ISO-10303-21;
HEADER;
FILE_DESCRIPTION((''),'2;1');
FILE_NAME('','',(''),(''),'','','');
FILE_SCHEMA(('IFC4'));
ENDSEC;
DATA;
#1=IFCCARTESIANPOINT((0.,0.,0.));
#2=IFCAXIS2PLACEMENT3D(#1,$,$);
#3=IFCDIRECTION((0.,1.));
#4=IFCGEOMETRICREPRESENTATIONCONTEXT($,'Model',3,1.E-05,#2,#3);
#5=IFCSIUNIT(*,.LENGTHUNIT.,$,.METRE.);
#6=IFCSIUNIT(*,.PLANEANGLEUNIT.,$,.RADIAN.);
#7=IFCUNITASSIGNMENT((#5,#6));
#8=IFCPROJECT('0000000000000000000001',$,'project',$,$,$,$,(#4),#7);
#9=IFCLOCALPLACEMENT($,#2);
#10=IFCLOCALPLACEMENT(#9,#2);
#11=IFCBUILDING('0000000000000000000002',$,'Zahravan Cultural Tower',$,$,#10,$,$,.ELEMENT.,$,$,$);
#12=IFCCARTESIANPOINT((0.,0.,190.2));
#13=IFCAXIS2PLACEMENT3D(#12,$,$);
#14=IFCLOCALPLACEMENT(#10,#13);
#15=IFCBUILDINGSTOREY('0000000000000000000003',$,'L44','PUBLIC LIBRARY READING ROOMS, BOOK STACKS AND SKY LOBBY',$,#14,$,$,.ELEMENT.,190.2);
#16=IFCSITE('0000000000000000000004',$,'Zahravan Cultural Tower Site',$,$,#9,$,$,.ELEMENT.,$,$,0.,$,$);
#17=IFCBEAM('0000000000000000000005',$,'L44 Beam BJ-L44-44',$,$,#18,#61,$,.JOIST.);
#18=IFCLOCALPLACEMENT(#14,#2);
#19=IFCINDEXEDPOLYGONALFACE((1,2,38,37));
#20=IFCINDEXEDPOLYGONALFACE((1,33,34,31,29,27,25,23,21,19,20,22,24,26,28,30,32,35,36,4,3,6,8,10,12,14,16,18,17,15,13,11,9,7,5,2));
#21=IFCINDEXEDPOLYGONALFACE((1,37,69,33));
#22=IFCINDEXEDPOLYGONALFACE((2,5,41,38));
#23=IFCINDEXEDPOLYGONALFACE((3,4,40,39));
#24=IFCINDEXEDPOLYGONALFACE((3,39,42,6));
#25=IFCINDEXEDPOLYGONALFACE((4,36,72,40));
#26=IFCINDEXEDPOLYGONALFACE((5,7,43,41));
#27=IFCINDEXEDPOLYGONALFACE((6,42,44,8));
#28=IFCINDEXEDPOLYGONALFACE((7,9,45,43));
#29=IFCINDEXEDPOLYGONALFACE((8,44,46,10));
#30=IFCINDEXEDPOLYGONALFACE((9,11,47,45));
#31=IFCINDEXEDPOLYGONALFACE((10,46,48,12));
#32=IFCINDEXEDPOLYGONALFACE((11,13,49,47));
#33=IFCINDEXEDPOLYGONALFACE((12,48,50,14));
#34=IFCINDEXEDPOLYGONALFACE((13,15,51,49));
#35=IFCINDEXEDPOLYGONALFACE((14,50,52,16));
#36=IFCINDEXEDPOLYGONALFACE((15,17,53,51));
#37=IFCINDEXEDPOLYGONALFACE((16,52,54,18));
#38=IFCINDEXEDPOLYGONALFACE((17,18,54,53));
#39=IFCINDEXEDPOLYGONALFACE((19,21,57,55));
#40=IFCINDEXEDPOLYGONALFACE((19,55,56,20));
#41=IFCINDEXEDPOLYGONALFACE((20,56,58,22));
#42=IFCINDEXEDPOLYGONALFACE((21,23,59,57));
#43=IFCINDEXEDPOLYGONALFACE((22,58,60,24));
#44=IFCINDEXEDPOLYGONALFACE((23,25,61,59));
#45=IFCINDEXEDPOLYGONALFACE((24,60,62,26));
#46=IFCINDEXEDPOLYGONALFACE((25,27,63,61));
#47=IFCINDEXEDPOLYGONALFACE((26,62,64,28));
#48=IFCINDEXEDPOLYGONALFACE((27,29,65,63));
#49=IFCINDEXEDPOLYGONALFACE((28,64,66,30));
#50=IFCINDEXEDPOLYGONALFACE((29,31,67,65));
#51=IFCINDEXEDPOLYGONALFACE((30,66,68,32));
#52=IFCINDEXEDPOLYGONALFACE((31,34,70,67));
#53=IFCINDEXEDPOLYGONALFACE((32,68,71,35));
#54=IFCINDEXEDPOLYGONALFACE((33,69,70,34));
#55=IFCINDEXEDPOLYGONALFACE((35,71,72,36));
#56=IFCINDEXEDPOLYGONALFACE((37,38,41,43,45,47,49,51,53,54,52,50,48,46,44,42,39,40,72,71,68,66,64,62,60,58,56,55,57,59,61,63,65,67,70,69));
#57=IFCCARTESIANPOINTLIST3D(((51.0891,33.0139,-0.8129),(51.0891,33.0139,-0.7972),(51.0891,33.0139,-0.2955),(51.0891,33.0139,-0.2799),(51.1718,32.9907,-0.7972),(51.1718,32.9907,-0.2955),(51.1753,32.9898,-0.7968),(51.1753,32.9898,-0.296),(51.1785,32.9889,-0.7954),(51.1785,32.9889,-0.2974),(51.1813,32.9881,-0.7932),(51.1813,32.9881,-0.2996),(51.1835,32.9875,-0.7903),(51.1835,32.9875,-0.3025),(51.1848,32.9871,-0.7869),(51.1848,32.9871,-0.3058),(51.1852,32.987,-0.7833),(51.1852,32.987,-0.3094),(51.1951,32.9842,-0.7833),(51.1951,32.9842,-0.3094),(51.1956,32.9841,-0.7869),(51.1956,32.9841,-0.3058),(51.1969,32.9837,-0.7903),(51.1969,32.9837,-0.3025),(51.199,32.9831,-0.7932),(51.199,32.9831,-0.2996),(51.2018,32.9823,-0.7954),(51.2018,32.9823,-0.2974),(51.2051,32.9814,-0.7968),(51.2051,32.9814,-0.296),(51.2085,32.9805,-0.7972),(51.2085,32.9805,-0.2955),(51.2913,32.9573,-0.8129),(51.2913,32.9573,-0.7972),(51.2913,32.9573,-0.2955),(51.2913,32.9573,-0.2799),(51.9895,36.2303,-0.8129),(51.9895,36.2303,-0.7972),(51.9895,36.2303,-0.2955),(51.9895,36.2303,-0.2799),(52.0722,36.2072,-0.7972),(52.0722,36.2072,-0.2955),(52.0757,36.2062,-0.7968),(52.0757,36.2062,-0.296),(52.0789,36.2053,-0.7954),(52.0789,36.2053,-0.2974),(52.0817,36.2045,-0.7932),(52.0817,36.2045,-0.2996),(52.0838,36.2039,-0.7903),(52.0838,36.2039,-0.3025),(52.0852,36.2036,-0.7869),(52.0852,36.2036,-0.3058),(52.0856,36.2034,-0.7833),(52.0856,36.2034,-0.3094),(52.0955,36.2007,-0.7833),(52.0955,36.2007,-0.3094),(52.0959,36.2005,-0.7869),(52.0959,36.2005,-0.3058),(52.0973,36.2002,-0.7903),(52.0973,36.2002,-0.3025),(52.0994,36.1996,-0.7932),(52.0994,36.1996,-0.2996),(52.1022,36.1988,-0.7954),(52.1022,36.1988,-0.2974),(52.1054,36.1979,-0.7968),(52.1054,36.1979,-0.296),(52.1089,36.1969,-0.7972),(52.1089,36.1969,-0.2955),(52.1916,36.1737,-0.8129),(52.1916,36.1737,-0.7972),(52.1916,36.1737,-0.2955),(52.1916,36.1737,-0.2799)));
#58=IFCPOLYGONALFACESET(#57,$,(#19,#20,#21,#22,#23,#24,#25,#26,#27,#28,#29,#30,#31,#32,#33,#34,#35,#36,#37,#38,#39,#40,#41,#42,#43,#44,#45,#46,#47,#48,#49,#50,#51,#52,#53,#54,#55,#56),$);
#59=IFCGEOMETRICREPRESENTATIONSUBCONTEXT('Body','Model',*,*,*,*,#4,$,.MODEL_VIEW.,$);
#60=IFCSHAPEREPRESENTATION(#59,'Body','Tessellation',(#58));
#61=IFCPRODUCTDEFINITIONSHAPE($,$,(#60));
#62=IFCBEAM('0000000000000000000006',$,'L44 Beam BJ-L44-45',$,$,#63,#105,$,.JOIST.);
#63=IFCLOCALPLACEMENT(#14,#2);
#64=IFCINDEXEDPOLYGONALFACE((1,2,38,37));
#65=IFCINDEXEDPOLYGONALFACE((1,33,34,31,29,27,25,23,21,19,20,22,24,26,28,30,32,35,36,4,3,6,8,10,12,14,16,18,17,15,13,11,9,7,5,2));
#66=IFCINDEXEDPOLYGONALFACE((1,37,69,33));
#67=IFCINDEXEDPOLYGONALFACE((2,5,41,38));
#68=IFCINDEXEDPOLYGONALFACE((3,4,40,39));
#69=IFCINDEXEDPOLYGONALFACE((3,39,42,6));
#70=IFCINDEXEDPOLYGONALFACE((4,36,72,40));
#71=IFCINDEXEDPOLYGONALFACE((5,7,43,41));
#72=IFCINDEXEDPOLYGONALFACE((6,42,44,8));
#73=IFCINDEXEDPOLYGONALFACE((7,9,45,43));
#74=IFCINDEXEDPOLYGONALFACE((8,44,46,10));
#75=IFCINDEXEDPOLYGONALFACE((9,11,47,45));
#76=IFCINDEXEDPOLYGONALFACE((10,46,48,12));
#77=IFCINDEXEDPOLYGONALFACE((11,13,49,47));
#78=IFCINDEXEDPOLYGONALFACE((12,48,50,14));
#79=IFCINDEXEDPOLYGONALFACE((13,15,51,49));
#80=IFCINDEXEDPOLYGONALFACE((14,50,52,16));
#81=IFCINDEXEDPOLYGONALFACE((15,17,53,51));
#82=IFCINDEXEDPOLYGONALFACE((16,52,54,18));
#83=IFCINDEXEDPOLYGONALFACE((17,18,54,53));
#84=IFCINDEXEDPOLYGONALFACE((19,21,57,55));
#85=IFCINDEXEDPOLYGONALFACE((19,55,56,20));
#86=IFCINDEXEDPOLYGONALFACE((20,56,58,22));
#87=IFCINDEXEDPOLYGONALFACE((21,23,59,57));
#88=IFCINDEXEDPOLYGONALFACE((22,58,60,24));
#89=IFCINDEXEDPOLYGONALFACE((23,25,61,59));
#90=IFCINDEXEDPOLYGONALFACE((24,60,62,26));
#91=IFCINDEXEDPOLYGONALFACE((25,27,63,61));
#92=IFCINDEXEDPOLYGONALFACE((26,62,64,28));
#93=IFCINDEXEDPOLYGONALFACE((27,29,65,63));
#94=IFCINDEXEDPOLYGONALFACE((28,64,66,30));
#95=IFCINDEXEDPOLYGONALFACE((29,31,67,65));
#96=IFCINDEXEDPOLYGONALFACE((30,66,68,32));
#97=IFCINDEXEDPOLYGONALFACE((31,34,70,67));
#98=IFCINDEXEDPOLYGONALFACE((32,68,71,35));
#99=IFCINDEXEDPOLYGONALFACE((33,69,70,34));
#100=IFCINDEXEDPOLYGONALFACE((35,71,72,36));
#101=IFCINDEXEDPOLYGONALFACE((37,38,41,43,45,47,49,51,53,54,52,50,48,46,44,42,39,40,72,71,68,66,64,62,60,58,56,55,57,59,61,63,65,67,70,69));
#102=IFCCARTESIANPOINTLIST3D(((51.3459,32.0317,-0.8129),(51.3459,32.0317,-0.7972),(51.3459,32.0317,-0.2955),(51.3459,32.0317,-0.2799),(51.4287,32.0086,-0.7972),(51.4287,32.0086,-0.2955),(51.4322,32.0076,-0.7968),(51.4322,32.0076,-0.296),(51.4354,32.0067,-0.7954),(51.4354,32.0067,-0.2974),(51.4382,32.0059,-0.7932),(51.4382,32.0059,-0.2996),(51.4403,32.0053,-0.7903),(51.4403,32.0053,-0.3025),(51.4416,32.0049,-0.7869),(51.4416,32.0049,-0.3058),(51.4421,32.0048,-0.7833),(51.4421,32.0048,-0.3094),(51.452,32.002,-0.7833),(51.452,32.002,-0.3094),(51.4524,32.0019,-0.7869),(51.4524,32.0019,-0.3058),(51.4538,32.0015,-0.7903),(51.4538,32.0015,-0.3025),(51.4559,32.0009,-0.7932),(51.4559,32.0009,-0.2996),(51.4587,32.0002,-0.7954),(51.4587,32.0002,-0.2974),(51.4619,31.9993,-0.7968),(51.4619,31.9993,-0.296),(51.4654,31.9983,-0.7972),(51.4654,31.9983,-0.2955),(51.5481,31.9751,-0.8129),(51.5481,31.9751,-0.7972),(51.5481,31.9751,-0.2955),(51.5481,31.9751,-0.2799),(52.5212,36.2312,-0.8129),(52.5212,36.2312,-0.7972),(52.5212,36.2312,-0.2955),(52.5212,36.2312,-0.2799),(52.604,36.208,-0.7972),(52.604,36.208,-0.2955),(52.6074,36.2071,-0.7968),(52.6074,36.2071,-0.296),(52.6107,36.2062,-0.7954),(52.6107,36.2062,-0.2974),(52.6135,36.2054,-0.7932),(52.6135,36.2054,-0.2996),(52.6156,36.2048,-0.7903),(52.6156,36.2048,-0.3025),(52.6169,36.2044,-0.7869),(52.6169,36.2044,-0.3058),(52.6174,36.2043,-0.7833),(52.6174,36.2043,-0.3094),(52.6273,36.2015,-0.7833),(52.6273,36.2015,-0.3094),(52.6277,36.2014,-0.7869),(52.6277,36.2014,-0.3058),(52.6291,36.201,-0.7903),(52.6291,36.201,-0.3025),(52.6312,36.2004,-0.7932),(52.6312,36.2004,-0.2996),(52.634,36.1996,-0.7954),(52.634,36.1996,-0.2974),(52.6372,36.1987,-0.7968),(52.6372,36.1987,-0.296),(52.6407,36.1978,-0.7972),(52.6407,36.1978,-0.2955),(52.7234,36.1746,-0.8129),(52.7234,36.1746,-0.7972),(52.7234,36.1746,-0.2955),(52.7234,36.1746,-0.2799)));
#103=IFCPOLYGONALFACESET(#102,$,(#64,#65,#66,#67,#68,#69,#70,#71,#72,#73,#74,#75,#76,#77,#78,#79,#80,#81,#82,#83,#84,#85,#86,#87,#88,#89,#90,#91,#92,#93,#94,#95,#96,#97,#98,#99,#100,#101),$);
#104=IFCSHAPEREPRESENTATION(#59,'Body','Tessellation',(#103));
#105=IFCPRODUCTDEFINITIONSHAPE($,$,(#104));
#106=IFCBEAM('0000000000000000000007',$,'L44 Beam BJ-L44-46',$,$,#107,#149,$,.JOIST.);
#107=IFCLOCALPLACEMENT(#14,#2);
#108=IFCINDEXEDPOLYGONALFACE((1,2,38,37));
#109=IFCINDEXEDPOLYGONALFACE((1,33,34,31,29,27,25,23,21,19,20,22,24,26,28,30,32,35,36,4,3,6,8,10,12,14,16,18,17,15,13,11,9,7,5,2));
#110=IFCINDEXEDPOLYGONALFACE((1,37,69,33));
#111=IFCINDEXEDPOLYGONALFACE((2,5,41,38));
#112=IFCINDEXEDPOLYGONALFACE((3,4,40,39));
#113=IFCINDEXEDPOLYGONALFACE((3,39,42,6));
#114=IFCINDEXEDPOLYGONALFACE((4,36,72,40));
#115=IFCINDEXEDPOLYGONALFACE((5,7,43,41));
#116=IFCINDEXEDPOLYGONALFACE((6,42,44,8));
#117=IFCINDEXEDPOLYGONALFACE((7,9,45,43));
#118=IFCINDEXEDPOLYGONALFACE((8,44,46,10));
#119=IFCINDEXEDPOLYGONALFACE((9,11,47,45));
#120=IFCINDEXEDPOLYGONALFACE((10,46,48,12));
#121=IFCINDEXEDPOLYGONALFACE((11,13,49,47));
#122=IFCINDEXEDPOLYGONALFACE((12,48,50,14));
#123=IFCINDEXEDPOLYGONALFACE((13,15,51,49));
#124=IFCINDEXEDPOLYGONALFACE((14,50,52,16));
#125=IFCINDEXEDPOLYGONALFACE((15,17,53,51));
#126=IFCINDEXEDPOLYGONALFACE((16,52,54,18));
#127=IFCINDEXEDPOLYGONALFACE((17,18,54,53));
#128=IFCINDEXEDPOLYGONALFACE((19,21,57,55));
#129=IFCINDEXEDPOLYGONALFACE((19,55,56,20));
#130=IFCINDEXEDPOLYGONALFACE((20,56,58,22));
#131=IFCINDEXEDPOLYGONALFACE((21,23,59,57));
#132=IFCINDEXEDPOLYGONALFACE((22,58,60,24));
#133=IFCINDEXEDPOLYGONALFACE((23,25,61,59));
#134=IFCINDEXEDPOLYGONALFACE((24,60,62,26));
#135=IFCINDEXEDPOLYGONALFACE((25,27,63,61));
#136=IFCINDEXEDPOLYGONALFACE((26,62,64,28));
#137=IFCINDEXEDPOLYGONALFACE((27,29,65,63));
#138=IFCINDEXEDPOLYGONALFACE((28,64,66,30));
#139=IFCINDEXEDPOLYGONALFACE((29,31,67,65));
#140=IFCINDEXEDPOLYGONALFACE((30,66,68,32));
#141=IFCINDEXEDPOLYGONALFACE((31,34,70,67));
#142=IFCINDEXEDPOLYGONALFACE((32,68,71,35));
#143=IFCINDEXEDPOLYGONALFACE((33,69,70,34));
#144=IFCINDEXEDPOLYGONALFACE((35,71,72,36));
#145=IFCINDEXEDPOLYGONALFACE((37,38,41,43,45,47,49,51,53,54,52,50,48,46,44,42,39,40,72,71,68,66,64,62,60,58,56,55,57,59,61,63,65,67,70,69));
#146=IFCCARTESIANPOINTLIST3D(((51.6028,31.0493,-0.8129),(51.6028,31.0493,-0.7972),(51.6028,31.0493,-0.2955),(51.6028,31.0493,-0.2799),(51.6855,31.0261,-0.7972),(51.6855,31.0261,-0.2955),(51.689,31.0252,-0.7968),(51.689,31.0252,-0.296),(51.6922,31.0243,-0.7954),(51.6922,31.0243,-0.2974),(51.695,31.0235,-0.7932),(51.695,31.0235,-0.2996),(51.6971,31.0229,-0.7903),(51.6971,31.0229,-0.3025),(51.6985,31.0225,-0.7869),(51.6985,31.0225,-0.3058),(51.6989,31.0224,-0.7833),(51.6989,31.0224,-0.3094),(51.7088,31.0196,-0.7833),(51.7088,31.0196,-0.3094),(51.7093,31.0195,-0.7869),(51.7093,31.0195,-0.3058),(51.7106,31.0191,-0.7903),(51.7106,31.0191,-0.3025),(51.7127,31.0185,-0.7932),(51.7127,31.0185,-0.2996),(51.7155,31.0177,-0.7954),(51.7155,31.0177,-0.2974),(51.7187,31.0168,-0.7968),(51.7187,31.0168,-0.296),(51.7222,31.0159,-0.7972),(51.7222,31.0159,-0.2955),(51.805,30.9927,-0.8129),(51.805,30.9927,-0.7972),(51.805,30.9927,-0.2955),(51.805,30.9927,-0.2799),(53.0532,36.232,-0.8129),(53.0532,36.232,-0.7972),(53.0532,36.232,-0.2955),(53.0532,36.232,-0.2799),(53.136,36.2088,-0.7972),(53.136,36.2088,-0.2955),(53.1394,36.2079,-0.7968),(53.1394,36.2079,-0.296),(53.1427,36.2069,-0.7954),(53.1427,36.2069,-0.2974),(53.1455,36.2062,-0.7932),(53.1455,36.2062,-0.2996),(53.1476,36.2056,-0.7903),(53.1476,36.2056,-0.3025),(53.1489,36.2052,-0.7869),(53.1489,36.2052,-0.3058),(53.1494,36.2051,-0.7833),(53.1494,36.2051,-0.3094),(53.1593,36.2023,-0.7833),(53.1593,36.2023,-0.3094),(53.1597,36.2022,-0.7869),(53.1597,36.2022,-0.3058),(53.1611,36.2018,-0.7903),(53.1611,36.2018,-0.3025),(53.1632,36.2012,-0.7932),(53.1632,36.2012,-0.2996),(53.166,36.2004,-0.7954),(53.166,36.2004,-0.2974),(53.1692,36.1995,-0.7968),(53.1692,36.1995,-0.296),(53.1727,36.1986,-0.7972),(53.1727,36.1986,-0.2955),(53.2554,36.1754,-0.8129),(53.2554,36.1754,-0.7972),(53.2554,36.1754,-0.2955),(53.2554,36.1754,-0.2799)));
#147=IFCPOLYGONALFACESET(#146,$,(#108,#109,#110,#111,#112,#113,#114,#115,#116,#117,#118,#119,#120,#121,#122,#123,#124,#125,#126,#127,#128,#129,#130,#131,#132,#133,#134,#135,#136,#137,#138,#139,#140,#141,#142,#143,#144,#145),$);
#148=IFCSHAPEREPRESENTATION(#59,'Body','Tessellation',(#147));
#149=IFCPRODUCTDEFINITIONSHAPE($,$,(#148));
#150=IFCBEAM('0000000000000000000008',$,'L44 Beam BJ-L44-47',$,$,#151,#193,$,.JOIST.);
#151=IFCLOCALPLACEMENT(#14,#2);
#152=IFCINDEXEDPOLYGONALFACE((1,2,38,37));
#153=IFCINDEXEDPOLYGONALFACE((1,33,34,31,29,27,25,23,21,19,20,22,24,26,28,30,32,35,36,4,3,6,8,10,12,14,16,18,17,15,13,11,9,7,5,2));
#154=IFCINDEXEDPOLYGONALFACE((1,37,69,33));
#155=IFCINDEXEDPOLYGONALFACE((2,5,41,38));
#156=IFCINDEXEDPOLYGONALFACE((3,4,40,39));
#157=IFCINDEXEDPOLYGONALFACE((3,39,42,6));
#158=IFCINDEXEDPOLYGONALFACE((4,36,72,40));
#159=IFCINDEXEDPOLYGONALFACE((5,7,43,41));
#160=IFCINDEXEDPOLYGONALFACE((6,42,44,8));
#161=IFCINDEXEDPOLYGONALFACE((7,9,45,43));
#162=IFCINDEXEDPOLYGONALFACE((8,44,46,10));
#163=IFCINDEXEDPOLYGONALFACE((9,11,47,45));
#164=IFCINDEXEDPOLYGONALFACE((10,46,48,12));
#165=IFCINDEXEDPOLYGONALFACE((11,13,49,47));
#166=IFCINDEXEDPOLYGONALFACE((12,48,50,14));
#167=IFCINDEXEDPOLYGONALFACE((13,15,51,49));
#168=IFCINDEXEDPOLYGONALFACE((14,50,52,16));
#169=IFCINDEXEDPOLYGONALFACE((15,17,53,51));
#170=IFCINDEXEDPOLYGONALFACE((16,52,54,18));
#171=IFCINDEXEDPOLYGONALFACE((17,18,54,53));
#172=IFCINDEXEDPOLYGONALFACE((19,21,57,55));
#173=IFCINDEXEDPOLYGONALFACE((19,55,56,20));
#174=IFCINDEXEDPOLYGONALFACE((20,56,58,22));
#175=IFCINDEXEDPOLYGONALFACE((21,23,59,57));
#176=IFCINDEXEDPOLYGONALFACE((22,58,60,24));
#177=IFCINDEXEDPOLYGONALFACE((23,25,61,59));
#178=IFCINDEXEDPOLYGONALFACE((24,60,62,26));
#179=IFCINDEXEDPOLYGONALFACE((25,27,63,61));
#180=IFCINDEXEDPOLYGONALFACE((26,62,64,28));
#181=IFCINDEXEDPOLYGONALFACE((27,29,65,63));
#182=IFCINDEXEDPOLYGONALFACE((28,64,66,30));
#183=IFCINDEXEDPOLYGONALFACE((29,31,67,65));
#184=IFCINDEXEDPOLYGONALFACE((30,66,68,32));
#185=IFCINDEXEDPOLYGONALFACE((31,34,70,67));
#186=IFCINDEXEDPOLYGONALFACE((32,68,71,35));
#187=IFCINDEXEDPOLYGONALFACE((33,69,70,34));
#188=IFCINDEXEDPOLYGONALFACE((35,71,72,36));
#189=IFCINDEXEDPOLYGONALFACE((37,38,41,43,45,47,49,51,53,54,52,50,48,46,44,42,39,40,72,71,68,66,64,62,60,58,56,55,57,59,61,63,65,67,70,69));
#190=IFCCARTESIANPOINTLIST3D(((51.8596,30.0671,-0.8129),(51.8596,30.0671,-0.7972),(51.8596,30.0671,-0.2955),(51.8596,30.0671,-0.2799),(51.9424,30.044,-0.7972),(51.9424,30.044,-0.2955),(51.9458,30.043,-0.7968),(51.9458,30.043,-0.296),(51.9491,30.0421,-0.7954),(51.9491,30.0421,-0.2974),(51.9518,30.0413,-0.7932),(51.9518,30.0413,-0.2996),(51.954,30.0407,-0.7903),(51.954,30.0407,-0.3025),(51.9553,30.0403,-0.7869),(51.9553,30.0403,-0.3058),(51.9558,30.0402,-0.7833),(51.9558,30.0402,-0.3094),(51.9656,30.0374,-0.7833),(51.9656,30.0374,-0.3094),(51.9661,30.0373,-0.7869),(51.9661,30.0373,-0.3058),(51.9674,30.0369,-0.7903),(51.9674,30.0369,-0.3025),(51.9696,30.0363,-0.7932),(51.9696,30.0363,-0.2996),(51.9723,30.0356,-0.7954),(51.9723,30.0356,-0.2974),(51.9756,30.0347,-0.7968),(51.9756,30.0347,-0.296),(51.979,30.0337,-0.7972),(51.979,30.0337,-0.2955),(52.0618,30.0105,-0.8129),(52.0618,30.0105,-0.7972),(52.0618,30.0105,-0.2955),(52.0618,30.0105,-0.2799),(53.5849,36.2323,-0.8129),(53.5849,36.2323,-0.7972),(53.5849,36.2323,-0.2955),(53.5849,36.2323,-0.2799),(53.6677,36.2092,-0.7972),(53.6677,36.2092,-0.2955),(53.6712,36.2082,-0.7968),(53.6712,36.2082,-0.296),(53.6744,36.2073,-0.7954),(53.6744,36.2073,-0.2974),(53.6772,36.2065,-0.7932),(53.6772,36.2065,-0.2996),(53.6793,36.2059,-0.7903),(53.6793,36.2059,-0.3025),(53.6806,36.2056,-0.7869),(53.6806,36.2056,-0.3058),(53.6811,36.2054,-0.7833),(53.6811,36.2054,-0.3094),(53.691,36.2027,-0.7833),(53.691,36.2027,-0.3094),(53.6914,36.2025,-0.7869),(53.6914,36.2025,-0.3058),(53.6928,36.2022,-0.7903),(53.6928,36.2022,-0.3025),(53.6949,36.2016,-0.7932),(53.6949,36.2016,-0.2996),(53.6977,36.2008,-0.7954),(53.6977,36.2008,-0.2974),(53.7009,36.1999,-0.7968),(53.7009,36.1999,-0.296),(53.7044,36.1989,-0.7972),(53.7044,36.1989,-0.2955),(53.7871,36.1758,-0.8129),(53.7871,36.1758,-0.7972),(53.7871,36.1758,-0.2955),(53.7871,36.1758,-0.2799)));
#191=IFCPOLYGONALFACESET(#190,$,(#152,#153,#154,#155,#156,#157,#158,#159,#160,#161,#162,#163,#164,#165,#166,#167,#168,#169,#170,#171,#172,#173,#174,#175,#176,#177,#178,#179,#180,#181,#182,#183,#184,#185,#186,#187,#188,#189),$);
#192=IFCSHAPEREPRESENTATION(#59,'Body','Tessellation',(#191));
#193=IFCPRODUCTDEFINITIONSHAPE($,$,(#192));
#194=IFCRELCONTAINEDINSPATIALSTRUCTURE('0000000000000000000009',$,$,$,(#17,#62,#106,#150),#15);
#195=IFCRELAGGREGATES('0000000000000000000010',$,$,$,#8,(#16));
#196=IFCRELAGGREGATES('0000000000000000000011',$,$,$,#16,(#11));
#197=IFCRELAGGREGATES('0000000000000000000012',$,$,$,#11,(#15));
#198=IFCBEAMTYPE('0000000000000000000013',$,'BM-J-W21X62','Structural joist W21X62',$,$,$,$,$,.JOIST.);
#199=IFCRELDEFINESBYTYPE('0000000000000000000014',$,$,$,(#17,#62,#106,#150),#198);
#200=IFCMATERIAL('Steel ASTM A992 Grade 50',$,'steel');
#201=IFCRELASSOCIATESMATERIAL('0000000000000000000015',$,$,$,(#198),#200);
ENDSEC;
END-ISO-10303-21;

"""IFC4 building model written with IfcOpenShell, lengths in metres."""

from ifc_helpers import new_model, si_unit, direction, frame, origin, origin_2d, place, context, subcontext, project, spatial, i_section, extrude, source, transform, mapped, material, material_profile, profile_set, type_object, element, save


model = new_model("IFC4")

# Units and contexts
model_context = context("Model", 3, precision=1e-05, world=origin(), true_north=direction((0.0, 1.0)))
body_context = subcontext(model_context, "Body", "Model", "MODEL_VIEW")
ifc_project = project(units=[si_unit("LENGTHUNIT", "METRE"), si_unit("PLANEANGLEUNIT", "RADIAN")], contexts=[model_context])

# Site, building, storey
site_placement = place(None, origin())
site = spatial("IfcSite", under=ifc_project, at=site_placement, Name="Zahravan Cultural Tower Site", CompositionType="ELEMENT", RefElevation=0.0)
building_placement = place(site_placement, origin())
building = spatial("IfcBuilding", under=site, at=building_placement, Name="Zahravan Cultural Tower", CompositionType="ELEMENT")
storey_placement = place(building_placement, frame((0.0, 0.0, 190.2)))
storey = spatial("IfcBuildingStorey", under=building, at=storey_placement, Name="L44", Description="PUBLIC LIBRARY READING ROOMS, BOOK STACKS AND SKY LOBBY", CompositionType="ELEMENT", Elevation=190.2)

# Shared definitions
ifc_material_1 = material(Name="Steel ASTM A992 Grade 50", Category="steel")

# Beams
ifc_material_profile_1 = material_profile(ifc_material_1, i_section(OverallWidth=0.21, OverallDepth=0.533, WebThickness=0.0103, FlangeThickness=0.0156, FilletRadius=0.0139, at=origin_2d()), Name="W21X62")
ifc_profile_set_1 = profile_set([ifc_material_profile_1], Name="Steel ASTM A992 Grade 50")
beam_type_1 = type_object("IfcBeamType", Name="BM-J-W21X62", Description="Structural joist W21X62", PredefinedType="JOIST", material=ifc_profile_set_1)
shared_shape_1 = source(origin(), body_context, "Body", "SweptSolid", [
    extrude(i_section(OverallWidth=0.21, OverallDepth=0.533, WebThickness=0.0103, FlangeThickness=0.0156, FilletRadius=0.0139, at=origin_2d()), origin(), (0.0, 0.0, 1.0), 3.3401),
])
beam_1_placement = place(storey_placement, frame((51.1902, 32.9856, -0.5464), z_axis=(0.269562, 0.962983, 0.0), x_axis=(-0.962983, 0.269562, 0.0)))
element("IfcBeam", 1, at=beam_1_placement, inside=storey, type_object=beam_type_1, Name="L44 Beam BJ-L44-44", PredefinedType="JOIST", context=body_context, shape_type="MappedRepresentation", body=[
    mapped(shared_shape_1, transform((0.0, 0.0, 0.0), x_axis=(1.0, 0.0, 0.0), y_axis=(0.0, 1.0, 0.0), z_axis=(0.0, 0.0, 1.0), scale=1.0)),
])
shared_shape_2 = source(origin(), body_context, "Body", "SweptSolid", [
    extrude(i_section(OverallWidth=0.21, OverallDepth=0.533, WebThickness=0.0103, FlangeThickness=0.0156, FilletRadius=0.0139, at=origin_2d()), origin(), (0.0, 0.0, 1.0), 4.3608),
])
beam_2_placement = place(storey_placement, frame((51.447, 32.0034, -0.5464), z_axis=(0.269512, 0.962997, 0.0), x_axis=(-0.962997, 0.269512, 0.0)))
element("IfcBeam", 2, at=beam_2_placement, inside=storey, type_object=beam_type_1, Name="L44 Beam BJ-L44-45", PredefinedType="JOIST", context=body_context, shape_type="MappedRepresentation", body=[
    mapped(shared_shape_2, transform((0.0, 0.0, 0.0), x_axis=(1.0, 0.0, 0.0), y_axis=(0.0, 1.0, 0.0), z_axis=(0.0, 0.0, 1.0), scale=1.0)),
])
shared_shape_3 = source(origin(), body_context, "Body", "SweptSolid", [
    extrude(i_section(OverallWidth=0.21, OverallDepth=0.533, WebThickness=0.0103, FlangeThickness=0.0156, FilletRadius=0.0139, at=origin_2d()), origin(), (0.0, 0.0, 1.0), 5.3818),
])
beam_3_placement = place(storey_placement, frame((51.7039, 31.021, -0.5464), z_axis=(0.26951, 0.962997, 0.0), x_axis=(-0.962997, 0.26951, 0.0)))
element("IfcBeam", 3, at=beam_3_placement, inside=storey, type_object=beam_type_1, Name="L44 Beam BJ-L44-46", PredefinedType="JOIST", context=body_context, shape_type="MappedRepresentation", body=[
    mapped(shared_shape_3, transform((0.0, 0.0, 0.0), x_axis=(1.0, 0.0, 0.0), y_axis=(0.0, 1.0, 0.0), z_axis=(0.0, 0.0, 1.0), scale=1.0)),
])
shared_shape_4 = source(origin(), body_context, "Body", "SweptSolid", [
    extrude(i_section(OverallWidth=0.21, OverallDepth=0.533, WebThickness=0.0103, FlangeThickness=0.0156, FilletRadius=0.0139, at=origin_2d()), origin(), (0.0, 0.0, 1.0), 6.4021),
])
beam_4_placement = place(storey_placement, frame((51.9607, 30.0388, -0.5464), z_axis=(0.269494, 0.963002, 0.0), x_axis=(-0.963002, 0.269494, 0.0)))
element("IfcBeam", 4, at=beam_4_placement, inside=storey, type_object=beam_type_1, Name="L44 Beam BJ-L44-47", PredefinedType="JOIST", context=body_context, shape_type="MappedRepresentation", body=[
    mapped(shared_shape_4, transform((0.0, 0.0, 0.0), x_axis=(1.0, 0.0, 0.0), y_axis=(0.0, 1.0, 0.0), z_axis=(0.0, 0.0, 1.0), scale=1.0)),
])

save(model, "model.ifc")
